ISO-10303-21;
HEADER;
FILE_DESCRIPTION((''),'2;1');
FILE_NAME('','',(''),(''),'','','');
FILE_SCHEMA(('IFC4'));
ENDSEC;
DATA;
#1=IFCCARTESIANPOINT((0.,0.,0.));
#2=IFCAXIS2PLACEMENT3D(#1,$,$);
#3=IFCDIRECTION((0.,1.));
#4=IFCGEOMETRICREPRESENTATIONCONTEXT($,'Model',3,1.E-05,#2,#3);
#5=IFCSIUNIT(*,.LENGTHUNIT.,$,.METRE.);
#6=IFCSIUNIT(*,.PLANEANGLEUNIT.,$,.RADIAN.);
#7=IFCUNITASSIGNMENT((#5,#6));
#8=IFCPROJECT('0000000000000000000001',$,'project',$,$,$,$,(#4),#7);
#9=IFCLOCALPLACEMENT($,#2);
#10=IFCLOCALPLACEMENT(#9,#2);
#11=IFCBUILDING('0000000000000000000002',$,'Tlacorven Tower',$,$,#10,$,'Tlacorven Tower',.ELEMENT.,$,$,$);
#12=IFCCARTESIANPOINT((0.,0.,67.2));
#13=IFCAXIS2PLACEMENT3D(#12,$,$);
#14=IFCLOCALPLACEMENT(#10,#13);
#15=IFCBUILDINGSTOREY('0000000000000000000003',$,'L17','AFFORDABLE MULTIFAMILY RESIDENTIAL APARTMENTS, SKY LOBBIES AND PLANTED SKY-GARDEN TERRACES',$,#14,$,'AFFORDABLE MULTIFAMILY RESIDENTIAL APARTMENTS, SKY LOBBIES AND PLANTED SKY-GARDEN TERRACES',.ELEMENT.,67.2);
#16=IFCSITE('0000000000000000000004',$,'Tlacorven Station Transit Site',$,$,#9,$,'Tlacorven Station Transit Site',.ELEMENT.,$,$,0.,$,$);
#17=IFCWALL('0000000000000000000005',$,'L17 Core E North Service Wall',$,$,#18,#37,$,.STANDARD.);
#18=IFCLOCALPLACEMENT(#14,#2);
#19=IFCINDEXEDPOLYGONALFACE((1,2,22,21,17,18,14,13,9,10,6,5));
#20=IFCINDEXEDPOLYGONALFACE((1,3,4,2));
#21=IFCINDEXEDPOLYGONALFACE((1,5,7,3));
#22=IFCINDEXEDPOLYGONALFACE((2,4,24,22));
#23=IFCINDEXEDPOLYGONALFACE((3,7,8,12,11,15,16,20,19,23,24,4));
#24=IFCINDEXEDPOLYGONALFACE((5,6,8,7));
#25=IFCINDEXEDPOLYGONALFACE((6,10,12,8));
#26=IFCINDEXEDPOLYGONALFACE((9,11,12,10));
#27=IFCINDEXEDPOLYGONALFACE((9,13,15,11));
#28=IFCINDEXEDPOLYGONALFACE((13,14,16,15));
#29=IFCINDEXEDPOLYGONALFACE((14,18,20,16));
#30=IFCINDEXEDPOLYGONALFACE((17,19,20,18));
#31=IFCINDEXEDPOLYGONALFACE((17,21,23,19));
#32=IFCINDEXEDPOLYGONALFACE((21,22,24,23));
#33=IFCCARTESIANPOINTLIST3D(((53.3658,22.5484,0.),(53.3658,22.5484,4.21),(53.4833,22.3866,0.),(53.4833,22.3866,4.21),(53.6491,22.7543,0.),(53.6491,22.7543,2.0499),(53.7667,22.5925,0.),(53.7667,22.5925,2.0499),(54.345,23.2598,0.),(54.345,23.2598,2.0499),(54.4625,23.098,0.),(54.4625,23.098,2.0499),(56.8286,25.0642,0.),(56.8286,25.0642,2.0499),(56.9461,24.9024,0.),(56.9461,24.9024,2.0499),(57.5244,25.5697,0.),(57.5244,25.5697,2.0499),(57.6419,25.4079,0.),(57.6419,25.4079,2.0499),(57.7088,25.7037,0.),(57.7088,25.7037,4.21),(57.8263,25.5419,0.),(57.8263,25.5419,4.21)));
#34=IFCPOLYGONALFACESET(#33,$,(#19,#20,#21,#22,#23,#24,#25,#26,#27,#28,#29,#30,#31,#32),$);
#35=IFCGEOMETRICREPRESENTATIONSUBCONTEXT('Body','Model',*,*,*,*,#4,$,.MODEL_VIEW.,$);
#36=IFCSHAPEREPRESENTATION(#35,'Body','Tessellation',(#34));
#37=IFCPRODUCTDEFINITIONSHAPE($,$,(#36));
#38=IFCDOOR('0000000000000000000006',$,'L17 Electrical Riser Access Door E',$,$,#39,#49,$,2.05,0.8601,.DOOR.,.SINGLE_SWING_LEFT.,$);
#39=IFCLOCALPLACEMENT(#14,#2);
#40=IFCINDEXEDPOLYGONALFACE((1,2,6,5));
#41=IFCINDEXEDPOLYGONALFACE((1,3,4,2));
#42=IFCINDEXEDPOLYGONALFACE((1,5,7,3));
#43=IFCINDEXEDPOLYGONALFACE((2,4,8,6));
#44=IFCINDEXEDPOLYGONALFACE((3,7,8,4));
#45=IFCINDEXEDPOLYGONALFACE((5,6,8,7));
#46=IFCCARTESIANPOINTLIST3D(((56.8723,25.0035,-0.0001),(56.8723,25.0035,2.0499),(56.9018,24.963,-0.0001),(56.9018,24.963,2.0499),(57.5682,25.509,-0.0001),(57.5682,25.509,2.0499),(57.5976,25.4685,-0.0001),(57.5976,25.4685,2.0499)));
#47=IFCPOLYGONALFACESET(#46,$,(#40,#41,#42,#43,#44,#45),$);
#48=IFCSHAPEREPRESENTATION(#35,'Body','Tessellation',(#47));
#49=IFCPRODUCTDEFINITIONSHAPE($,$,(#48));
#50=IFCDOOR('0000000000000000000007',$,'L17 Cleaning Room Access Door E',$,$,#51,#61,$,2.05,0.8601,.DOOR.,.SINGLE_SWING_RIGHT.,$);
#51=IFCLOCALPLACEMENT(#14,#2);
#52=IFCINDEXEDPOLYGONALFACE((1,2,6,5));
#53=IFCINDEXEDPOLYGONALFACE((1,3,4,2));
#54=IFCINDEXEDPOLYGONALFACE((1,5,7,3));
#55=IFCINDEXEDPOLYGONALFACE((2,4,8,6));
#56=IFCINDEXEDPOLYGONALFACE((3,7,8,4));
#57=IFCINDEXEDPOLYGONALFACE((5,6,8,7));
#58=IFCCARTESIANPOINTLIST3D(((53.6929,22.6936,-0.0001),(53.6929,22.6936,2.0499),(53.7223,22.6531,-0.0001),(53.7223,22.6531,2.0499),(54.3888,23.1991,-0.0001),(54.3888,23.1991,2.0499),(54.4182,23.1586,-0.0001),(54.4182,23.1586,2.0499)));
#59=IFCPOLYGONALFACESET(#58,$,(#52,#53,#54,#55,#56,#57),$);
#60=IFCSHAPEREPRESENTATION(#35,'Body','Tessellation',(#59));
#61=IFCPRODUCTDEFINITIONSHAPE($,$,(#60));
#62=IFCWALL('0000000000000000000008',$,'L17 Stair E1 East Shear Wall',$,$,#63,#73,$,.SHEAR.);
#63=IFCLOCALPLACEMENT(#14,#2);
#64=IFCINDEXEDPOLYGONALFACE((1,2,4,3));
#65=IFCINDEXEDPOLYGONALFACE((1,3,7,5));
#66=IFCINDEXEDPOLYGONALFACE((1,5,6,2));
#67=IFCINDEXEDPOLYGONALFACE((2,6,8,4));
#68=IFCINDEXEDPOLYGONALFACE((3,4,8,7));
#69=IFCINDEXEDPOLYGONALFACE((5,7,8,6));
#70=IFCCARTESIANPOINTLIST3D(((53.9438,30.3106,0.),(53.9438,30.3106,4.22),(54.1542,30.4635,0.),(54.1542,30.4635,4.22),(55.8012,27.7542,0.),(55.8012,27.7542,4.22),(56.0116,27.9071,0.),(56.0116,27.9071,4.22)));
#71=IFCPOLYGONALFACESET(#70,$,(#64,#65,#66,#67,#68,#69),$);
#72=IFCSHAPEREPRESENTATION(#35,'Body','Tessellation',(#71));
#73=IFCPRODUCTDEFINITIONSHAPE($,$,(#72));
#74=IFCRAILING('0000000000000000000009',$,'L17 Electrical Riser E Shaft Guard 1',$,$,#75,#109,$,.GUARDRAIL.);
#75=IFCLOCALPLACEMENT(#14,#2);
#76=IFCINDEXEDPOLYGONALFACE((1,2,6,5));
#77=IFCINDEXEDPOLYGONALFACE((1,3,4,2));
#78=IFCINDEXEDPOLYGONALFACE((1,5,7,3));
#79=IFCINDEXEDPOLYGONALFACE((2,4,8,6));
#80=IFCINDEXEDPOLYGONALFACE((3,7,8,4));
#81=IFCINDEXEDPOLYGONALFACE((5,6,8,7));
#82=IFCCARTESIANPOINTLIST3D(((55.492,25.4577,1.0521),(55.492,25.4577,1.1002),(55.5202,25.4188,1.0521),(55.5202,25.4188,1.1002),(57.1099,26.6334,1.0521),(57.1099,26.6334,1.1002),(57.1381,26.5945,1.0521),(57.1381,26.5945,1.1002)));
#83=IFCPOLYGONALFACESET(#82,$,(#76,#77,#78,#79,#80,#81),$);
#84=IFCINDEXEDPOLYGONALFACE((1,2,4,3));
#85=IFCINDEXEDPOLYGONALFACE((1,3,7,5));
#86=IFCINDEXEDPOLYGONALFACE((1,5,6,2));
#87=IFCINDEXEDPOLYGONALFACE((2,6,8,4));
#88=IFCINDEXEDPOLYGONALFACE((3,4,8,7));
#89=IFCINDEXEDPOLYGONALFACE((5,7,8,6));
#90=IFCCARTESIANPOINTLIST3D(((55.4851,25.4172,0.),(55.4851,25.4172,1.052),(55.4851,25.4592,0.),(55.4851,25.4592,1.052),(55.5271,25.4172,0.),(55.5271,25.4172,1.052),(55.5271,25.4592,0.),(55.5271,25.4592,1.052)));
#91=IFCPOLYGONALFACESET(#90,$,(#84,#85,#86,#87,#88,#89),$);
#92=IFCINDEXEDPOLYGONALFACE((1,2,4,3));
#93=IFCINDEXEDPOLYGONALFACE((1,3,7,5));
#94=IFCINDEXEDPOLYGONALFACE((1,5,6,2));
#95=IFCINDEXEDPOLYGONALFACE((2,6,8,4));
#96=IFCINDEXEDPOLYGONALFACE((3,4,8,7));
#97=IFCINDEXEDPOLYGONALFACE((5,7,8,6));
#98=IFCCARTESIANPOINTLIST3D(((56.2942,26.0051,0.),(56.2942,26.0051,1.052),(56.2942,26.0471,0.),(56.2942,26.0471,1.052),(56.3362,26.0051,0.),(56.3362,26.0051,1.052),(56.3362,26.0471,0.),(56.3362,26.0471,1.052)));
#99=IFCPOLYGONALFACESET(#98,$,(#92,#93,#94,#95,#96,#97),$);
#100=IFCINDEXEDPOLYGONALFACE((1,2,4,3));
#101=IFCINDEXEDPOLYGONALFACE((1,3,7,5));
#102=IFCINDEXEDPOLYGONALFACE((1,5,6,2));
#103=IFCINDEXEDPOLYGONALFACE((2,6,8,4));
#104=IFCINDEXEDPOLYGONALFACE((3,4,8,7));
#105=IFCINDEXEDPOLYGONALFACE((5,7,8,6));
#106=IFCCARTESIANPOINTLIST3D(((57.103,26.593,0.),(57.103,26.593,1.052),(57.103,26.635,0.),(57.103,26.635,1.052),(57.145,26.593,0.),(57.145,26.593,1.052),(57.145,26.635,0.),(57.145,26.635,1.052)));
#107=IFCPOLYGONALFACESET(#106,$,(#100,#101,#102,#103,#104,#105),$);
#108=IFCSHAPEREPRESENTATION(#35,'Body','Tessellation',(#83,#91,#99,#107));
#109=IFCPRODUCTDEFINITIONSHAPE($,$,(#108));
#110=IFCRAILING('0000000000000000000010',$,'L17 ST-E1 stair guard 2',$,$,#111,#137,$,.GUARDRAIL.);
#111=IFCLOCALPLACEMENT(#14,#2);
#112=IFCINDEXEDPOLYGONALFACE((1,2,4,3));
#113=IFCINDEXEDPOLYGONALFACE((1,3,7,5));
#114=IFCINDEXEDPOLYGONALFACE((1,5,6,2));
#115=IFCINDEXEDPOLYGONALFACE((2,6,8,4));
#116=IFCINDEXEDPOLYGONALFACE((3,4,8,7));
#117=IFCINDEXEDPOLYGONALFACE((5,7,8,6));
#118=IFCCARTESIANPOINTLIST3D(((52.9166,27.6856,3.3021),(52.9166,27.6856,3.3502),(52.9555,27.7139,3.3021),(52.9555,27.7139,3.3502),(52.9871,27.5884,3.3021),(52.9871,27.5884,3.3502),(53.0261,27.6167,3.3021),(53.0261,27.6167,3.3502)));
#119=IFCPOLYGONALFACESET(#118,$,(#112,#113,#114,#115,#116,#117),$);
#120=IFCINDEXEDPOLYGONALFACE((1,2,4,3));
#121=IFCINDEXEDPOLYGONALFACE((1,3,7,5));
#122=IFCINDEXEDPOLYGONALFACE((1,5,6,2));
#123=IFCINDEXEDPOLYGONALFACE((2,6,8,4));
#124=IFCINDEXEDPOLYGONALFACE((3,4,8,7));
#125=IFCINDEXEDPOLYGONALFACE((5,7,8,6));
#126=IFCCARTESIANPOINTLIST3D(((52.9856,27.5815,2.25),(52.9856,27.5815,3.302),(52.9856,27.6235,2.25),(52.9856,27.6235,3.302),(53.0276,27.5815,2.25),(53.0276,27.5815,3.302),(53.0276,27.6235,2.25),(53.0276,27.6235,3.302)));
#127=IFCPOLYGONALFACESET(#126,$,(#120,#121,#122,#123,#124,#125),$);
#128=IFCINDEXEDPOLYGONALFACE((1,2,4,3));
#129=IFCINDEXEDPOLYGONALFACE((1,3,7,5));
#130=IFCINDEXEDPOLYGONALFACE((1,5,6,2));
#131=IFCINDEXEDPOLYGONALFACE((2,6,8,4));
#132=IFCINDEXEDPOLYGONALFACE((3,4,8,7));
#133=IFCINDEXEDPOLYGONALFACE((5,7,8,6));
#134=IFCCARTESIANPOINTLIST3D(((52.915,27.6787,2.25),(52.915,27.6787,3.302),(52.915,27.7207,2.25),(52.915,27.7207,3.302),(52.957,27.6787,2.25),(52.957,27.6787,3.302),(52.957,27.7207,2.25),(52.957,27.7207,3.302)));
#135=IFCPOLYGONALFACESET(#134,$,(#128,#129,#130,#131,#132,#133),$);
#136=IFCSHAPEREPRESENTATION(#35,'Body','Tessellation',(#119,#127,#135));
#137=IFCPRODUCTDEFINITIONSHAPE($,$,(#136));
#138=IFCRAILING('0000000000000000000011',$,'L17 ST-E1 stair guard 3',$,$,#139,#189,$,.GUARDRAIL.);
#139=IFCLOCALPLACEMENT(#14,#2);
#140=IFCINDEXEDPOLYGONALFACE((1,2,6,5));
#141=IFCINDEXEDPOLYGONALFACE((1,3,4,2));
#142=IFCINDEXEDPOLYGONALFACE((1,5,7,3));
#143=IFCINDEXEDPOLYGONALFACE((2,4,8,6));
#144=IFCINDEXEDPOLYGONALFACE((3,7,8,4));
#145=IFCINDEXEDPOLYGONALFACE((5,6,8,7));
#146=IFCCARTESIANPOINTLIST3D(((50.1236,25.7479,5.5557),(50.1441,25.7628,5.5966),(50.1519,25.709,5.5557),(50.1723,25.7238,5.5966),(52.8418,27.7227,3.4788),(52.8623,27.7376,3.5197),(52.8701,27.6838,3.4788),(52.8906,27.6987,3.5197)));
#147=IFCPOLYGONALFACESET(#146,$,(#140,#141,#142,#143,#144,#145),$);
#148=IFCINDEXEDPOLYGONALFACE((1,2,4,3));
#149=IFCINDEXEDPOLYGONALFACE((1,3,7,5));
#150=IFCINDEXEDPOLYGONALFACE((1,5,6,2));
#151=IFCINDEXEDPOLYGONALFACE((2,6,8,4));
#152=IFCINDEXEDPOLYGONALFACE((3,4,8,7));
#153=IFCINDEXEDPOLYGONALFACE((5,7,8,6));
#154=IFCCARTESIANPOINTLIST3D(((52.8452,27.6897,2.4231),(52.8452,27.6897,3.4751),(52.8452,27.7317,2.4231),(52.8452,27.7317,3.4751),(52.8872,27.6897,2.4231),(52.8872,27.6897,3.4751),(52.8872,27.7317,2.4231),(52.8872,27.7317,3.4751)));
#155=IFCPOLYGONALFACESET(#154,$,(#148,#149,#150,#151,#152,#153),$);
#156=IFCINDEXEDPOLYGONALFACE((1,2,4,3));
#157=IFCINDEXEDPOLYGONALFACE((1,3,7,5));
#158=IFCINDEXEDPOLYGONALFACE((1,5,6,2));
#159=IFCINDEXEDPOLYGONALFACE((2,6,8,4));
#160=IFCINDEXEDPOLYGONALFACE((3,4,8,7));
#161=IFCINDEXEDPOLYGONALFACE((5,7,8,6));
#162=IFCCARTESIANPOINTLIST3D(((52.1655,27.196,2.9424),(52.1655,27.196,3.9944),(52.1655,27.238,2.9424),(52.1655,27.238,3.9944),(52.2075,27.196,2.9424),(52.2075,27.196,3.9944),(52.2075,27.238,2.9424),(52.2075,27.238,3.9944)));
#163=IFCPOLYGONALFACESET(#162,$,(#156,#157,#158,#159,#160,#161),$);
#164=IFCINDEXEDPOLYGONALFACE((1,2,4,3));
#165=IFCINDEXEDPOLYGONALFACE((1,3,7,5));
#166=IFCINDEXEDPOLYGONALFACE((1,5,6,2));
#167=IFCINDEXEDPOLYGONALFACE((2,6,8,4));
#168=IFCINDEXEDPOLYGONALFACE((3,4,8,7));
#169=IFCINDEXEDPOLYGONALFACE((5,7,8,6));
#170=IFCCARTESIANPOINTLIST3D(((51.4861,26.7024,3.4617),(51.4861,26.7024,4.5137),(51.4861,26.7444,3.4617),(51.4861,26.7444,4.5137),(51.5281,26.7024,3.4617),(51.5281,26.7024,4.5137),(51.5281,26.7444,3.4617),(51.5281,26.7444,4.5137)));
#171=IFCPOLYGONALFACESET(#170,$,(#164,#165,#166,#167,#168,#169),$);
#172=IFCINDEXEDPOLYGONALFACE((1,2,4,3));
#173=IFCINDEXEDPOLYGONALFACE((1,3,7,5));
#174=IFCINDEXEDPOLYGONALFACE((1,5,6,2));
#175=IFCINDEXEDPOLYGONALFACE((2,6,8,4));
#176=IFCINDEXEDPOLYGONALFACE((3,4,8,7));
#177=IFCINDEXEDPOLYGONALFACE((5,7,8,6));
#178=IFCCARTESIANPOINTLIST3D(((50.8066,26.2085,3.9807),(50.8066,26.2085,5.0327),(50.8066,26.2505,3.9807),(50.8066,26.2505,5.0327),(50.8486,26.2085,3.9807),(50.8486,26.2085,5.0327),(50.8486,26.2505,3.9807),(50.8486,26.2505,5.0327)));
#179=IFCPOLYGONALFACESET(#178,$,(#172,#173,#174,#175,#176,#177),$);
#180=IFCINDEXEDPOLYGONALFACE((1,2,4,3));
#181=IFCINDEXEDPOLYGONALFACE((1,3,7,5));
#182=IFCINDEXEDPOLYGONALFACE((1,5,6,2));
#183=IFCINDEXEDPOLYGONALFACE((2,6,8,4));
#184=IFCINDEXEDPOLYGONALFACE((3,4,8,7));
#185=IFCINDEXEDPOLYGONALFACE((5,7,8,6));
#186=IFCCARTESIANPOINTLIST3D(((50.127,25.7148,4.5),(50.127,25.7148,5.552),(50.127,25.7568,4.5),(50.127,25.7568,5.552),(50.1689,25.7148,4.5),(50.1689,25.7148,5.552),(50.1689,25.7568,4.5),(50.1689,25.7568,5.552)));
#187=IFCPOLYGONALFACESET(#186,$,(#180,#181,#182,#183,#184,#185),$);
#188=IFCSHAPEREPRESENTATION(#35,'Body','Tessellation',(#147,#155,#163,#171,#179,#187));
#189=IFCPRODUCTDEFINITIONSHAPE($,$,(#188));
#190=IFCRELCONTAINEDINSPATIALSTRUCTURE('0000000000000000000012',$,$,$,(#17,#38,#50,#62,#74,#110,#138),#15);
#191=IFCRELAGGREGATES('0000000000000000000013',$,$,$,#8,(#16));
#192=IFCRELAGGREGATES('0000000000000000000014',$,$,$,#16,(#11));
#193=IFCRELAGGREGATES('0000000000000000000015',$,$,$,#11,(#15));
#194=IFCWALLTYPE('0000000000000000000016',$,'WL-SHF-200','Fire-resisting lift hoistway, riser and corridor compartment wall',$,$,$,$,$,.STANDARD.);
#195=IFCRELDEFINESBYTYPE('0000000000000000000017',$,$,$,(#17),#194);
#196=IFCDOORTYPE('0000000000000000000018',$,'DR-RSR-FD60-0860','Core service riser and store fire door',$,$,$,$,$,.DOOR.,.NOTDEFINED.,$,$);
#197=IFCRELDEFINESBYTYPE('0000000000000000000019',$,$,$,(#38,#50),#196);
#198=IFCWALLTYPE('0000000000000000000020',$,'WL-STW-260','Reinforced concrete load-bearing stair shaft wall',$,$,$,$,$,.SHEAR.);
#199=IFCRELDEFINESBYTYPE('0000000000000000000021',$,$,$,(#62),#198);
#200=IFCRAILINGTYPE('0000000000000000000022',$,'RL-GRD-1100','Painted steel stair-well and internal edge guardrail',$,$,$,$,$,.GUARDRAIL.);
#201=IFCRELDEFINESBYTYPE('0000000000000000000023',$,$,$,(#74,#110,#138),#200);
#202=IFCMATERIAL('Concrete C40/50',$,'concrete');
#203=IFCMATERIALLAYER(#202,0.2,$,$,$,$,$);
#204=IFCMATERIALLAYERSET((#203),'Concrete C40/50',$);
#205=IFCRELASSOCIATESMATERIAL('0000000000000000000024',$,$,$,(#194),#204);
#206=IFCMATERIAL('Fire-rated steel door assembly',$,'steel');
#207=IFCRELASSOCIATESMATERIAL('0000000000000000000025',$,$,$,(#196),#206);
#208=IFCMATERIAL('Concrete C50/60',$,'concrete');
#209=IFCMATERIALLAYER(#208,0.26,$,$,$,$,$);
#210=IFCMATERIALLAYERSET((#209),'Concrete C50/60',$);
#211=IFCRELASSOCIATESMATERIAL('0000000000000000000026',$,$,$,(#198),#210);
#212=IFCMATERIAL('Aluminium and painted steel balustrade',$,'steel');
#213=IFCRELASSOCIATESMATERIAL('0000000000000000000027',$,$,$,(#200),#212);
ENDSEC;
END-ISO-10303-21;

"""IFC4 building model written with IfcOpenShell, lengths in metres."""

from ifc_helpers import new_model, si_unit, direction, frame, frame_2d, origin, origin_2d, place, context, subcontext, project, spatial, rectangle, extrude, source, transform, mapped, material, layer, layer_set, type_object, element, fill, save


model = new_model("IFC4")

# Units and contexts
model_context = context("Model", 3, precision=1e-05, world=origin(), true_north=direction((0.0, 1.0)))
body_context = subcontext(model_context, "Body", "Model", "MODEL_VIEW")
ifc_project = project(units=[si_unit("LENGTHUNIT", "METRE"), si_unit("PLANEANGLEUNIT", "RADIAN")], contexts=[model_context])

# Site, building, storey
site_placement = place(None, origin())
site = spatial("IfcSite", under=ifc_project, at=site_placement, Name="Tlacorven Station Transit Site", LongName="Tlacorven Station Transit Site", CompositionType="ELEMENT", RefElevation=0.0)
building_placement = place(site_placement, origin())
building = spatial("IfcBuilding", under=site, at=building_placement, Name="Tlacorven Tower", LongName="Tlacorven Tower", CompositionType="ELEMENT")
storey_placement = place(building_placement, frame((0.0, 0.0, 67.2)))
storey = spatial("IfcBuildingStorey", under=building, at=storey_placement, Name="L17", Description="AFFORDABLE MULTIFAMILY RESIDENTIAL APARTMENTS, SKY LOBBIES AND PLANTED SKY-GARDEN TERRACES", LongName="AFFORDABLE MULTIFAMILY RESIDENTIAL APARTMENTS, SKY LOBBIES AND PLANTED SKY-GARDEN TERRACES", CompositionType="ELEMENT", Elevation=67.2)

# Shared definitions
ifc_material_1 = material(Name="Concrete C40/50", Category="concrete")
ifc_layer_1 = layer(ifc_material_1, 0.2)
ifc_layer_set_1 = layer_set([ifc_layer_1], Name="Concrete C40/50")
wall_type_1 = type_object("IfcWallType", Name="WL-SHF-200", Description="Fire-resisting lift hoistway, riser and corridor compartment wall", PredefinedType="STANDARD", material=ifc_layer_set_1)
ifc_material_2 = material(Name="Fire-rated steel door assembly", Category="steel")
door_type_1 = type_object("IfcDoorType", Name="DR-RSR-FD60-0860", Description="Core service riser and store fire door", OperationType="NOTDEFINED", PredefinedType="DOOR", material=ifc_material_2)
shared_shape_1 = source(origin(), body_context, "Body", "SweptSolid", [
    extrude(rectangle(XDim=0.8601, YDim=2.05, at=frame_2d((0.4302, 1.0249))), frame((0.0, 0.0249, 0.0), z_axis=(0.0, -1.0, 0.0), x_axis=(1.0, 0.0, 0.0)), (0.0, 0.0, 1.0), 0.05),
])

# Wall, openings, doors
wall_1_placement = place(storey_placement, frame((53.4246, 22.4675, 0.0), z_axis=(0.0, 0.0, 1.0), x_axis=(0.809027, 0.587771, 0.0)))
wall_1 = element("IfcWall", 1, at=wall_1_placement, inside=storey, type_object=wall_type_1, Name="L17 Core E North Service Wall", PredefinedType="STANDARD", context=body_context, shape_type="SweptSolid", body=[
    extrude(rectangle(XDim=5.3682, YDim=0.2, at=frame_2d((2.6841, 0.0))), origin(), (0.0, 0.0, 1.0), 4.21),
])
opening_1_placement = place(wall_1_placement, frame((4.28, 0.0, 0.0)))
opening_1 = element("IfcOpeningElement", 2, at=opening_1_placement, cuts=wall_1, PredefinedType="OPENING", context=body_context, shape_type="SweptSolid", body=[
    extrude(rectangle(XDim=0.8601, YDim=2.05, at=frame_2d((0.4302, 1.0249))), frame((0.0, 0.1099, 0.0), z_axis=(0.0, -1.0, 0.0), x_axis=(1.0, 0.0, 0.0)), (0.0, 0.0, 1.0), 0.22),
])
opening_2_placement = place(wall_1_placement, frame((0.3501, 0.0, 0.0)))
opening_2 = element("IfcOpeningElement", 3, at=opening_2_placement, cuts=wall_1, PredefinedType="OPENING", context=body_context, shape_type="SweptSolid", body=[
    extrude(rectangle(XDim=0.8601, YDim=2.05, at=frame_2d((0.4302, 1.0249))), frame((0.0, 0.1099, 0.0), z_axis=(0.0, -1.0, 0.0), x_axis=(1.0, 0.0, 0.0)), (0.0, 0.0, 1.0), 0.22),
])
door_1_placement = place(opening_1_placement, frame((0.8601, 0.0, 0.0), z_axis=(0.0, 0.0, 1.0), x_axis=(-1.0, 0.0, 0.0)))
door_1 = element("IfcDoor", 4, at=door_1_placement, inside=storey, type_object=door_type_1, Name="L17 Electrical Riser Access Door E", OperationType="SINGLE_SWING_LEFT", OverallHeight=2.05, OverallWidth=0.8601, PredefinedType="DOOR", context=body_context, shape_type="MappedRepresentation", body=[
    mapped(shared_shape_1, transform((0.0, 0.0, 0.0), scale=1.0)),
])
fill(opening_1, door_1)
door_2_placement = place(opening_2_placement, frame((0.8601, 0.0, 0.0), z_axis=(0.0, 0.0, 1.0), x_axis=(-1.0, 0.0, 0.0)))
door_2 = element("IfcDoor", 5, at=door_2_placement, inside=storey, type_object=door_type_1, Name="L17 Cleaning Room Access Door E", OperationType="SINGLE_SWING_RIGHT", OverallHeight=2.05, OverallWidth=0.8601, PredefinedType="DOOR", context=body_context, shape_type="MappedRepresentation", body=[
    mapped(shared_shape_1, transform((0.0, 0.0, 0.0), scale=1.0)),
])
fill(opening_2, door_2)

# Wall
ifc_material_3 = material(Name="Concrete C50/60", Category="concrete")
ifc_layer_2 = layer(ifc_material_3, 0.26)
ifc_layer_set_2 = layer_set([ifc_layer_2], Name="Concrete C50/60")
wall_type_2 = type_object("IfcWallType", Name="WL-STW-260", Description="Reinforced concrete load-bearing stair shaft wall", PredefinedType="SHEAR", material=ifc_layer_set_2)
wall_2_placement = place(storey_placement, frame((55.9065, 27.8306, 0.0), z_axis=(0.0, 0.0, 1.0), x_axis=(-0.587804, 0.809003, 0.0)))
element("IfcWall", 6, at=wall_2_placement, inside=storey, type_object=wall_type_2, Name="L17 Stair E1 East Shear Wall", PredefinedType="SHEAR", context=body_context, shape_type="SweptSolid", body=[
    extrude(rectangle(XDim=3.1599, YDim=0.26, at=frame_2d((1.5801, 0.0))), origin(), (0.0, 0.0, 1.0), 4.22),
])

# Railings
ifc_material_4 = material(Name="Aluminium and painted steel balustrade", Category="steel")
railing_type_1 = type_object("IfcRailingType", Name="RL-GRD-1100", Description="Painted steel stair-well and internal edge guardrail", PredefinedType="GUARDRAIL", material=ifc_material_4)
shared_shape_2 = source(origin(), body_context, "Body", "SweptSolid", [
    extrude(rectangle(XDim=0.0481, YDim=0.0481, at=origin_2d()), frame((0.0, 0.0, 1.0762), z_axis=(0.808947, 0.587881, 0.0), x_axis=(-0.587881, 0.808947, 0.0)), (0.0, 0.0, 1.0), 2.0),
    extrude(rectangle(XDim=0.042, YDim=0.042, at=origin_2d()), origin(), (0.0, 0.0, 1.0), 1.052),
    extrude(rectangle(XDim=0.042, YDim=0.042, at=origin_2d()), frame((0.8091, 0.5879, 0.0)), (0.0, 0.0, 1.0), 1.052),
    extrude(rectangle(XDim=0.042, YDim=0.042, at=origin_2d()), frame((1.6179, 1.1758, 0.0)), (0.0, 0.0, 1.0), 1.052),
])
railing_1_placement = place(storey_placement, frame((55.5061, 25.4382, 0.0)))
element("IfcRailing", 7, at=railing_1_placement, inside=storey, type_object=railing_type_1, Name="L17 Electrical Riser E Shaft Guard 1", PredefinedType="GUARDRAIL", context=body_context, shape_type="MappedRepresentation", body=[
    mapped(shared_shape_2, transform((0.0, 0.0, 0.0), scale=1.0)),
])
shared_shape_3 = source(origin(), body_context, "Body", "SweptSolid", [
    extrude(rectangle(XDim=0.0481, YDim=0.0481, at=origin_2d()), frame((0.0, 0.0, 1.0762), z_axis=(-0.587567, 0.809175, 0.0), x_axis=(-0.809175, -0.587567, 0.0)), (0.0, 0.0, 1.0), 0.1201),
    extrude(rectangle(XDim=0.042, YDim=0.042, at=origin_2d()), origin(), (0.0, 0.0, 1.0), 1.052),
    extrude(rectangle(XDim=0.042, YDim=0.042, at=origin_2d()), frame((-0.0706, 0.0972, 0.0)), (0.0, 0.0, 1.0), 1.052),
])
railing_2_placement = place(storey_placement, frame((53.0066, 27.6025, 2.25)))
element("IfcRailing", 8, at=railing_2_placement, inside=storey, type_object=railing_type_1, Name="L17 ST-E1 stair guard 2", PredefinedType="GUARDRAIL", context=body_context, shape_type="MappedRepresentation", body=[
    mapped(shared_shape_3, transform((0.0, 0.0, 0.0), scale=1.0)),
])
shared_shape_4 = source(origin(), body_context, "Body", "SweptSolid", [
    extrude(rectangle(XDim=0.0481, YDim=0.0481, at=origin_2d()), frame((0.0, 0.0, 1.0762), z_axis=(-0.688167, -0.499963, 0.525798), x_axis=(0.58777, -0.809028, 0.0)), (0.0, 0.0, 1.0), 3.95),
    extrude(rectangle(XDim=0.042, YDim=0.042, at=origin_2d()), origin(), (0.0, 0.0, 1.0), 1.052),
    extrude(rectangle(XDim=0.042, YDim=0.042, at=origin_2d()), frame((-0.6797, -0.4937, 0.5193)), (0.0, 0.0, 1.0), 1.052),
    extrude(rectangle(XDim=0.042, YDim=0.042, at=origin_2d()), frame((-1.3591, -0.9873, 1.0386)), (0.0, 0.0, 1.0), 1.052),
    extrude(rectangle(XDim=0.042, YDim=0.042, at=origin_2d()), frame((-2.0386, -1.4812, 1.5576)), (0.0, 0.0, 1.0), 1.052),
    extrude(rectangle(XDim=0.042, YDim=0.042, at=origin_2d()), frame((-2.7183, -1.9749, 2.0769)), (0.0, 0.0, 1.0), 1.052),
])
railing_3_placement = place(storey_placement, frame((52.8662, 27.7107, 2.4231)))
element("IfcRailing", 9, at=railing_3_placement, inside=storey, type_object=railing_type_1, Name="L17 ST-E1 stair guard 3", PredefinedType="GUARDRAIL", context=body_context, shape_type="MappedRepresentation", body=[
    mapped(shared_shape_4, transform((0.0, 0.0, 0.0), scale=1.0)),
])

save(model, "model.ifc")
